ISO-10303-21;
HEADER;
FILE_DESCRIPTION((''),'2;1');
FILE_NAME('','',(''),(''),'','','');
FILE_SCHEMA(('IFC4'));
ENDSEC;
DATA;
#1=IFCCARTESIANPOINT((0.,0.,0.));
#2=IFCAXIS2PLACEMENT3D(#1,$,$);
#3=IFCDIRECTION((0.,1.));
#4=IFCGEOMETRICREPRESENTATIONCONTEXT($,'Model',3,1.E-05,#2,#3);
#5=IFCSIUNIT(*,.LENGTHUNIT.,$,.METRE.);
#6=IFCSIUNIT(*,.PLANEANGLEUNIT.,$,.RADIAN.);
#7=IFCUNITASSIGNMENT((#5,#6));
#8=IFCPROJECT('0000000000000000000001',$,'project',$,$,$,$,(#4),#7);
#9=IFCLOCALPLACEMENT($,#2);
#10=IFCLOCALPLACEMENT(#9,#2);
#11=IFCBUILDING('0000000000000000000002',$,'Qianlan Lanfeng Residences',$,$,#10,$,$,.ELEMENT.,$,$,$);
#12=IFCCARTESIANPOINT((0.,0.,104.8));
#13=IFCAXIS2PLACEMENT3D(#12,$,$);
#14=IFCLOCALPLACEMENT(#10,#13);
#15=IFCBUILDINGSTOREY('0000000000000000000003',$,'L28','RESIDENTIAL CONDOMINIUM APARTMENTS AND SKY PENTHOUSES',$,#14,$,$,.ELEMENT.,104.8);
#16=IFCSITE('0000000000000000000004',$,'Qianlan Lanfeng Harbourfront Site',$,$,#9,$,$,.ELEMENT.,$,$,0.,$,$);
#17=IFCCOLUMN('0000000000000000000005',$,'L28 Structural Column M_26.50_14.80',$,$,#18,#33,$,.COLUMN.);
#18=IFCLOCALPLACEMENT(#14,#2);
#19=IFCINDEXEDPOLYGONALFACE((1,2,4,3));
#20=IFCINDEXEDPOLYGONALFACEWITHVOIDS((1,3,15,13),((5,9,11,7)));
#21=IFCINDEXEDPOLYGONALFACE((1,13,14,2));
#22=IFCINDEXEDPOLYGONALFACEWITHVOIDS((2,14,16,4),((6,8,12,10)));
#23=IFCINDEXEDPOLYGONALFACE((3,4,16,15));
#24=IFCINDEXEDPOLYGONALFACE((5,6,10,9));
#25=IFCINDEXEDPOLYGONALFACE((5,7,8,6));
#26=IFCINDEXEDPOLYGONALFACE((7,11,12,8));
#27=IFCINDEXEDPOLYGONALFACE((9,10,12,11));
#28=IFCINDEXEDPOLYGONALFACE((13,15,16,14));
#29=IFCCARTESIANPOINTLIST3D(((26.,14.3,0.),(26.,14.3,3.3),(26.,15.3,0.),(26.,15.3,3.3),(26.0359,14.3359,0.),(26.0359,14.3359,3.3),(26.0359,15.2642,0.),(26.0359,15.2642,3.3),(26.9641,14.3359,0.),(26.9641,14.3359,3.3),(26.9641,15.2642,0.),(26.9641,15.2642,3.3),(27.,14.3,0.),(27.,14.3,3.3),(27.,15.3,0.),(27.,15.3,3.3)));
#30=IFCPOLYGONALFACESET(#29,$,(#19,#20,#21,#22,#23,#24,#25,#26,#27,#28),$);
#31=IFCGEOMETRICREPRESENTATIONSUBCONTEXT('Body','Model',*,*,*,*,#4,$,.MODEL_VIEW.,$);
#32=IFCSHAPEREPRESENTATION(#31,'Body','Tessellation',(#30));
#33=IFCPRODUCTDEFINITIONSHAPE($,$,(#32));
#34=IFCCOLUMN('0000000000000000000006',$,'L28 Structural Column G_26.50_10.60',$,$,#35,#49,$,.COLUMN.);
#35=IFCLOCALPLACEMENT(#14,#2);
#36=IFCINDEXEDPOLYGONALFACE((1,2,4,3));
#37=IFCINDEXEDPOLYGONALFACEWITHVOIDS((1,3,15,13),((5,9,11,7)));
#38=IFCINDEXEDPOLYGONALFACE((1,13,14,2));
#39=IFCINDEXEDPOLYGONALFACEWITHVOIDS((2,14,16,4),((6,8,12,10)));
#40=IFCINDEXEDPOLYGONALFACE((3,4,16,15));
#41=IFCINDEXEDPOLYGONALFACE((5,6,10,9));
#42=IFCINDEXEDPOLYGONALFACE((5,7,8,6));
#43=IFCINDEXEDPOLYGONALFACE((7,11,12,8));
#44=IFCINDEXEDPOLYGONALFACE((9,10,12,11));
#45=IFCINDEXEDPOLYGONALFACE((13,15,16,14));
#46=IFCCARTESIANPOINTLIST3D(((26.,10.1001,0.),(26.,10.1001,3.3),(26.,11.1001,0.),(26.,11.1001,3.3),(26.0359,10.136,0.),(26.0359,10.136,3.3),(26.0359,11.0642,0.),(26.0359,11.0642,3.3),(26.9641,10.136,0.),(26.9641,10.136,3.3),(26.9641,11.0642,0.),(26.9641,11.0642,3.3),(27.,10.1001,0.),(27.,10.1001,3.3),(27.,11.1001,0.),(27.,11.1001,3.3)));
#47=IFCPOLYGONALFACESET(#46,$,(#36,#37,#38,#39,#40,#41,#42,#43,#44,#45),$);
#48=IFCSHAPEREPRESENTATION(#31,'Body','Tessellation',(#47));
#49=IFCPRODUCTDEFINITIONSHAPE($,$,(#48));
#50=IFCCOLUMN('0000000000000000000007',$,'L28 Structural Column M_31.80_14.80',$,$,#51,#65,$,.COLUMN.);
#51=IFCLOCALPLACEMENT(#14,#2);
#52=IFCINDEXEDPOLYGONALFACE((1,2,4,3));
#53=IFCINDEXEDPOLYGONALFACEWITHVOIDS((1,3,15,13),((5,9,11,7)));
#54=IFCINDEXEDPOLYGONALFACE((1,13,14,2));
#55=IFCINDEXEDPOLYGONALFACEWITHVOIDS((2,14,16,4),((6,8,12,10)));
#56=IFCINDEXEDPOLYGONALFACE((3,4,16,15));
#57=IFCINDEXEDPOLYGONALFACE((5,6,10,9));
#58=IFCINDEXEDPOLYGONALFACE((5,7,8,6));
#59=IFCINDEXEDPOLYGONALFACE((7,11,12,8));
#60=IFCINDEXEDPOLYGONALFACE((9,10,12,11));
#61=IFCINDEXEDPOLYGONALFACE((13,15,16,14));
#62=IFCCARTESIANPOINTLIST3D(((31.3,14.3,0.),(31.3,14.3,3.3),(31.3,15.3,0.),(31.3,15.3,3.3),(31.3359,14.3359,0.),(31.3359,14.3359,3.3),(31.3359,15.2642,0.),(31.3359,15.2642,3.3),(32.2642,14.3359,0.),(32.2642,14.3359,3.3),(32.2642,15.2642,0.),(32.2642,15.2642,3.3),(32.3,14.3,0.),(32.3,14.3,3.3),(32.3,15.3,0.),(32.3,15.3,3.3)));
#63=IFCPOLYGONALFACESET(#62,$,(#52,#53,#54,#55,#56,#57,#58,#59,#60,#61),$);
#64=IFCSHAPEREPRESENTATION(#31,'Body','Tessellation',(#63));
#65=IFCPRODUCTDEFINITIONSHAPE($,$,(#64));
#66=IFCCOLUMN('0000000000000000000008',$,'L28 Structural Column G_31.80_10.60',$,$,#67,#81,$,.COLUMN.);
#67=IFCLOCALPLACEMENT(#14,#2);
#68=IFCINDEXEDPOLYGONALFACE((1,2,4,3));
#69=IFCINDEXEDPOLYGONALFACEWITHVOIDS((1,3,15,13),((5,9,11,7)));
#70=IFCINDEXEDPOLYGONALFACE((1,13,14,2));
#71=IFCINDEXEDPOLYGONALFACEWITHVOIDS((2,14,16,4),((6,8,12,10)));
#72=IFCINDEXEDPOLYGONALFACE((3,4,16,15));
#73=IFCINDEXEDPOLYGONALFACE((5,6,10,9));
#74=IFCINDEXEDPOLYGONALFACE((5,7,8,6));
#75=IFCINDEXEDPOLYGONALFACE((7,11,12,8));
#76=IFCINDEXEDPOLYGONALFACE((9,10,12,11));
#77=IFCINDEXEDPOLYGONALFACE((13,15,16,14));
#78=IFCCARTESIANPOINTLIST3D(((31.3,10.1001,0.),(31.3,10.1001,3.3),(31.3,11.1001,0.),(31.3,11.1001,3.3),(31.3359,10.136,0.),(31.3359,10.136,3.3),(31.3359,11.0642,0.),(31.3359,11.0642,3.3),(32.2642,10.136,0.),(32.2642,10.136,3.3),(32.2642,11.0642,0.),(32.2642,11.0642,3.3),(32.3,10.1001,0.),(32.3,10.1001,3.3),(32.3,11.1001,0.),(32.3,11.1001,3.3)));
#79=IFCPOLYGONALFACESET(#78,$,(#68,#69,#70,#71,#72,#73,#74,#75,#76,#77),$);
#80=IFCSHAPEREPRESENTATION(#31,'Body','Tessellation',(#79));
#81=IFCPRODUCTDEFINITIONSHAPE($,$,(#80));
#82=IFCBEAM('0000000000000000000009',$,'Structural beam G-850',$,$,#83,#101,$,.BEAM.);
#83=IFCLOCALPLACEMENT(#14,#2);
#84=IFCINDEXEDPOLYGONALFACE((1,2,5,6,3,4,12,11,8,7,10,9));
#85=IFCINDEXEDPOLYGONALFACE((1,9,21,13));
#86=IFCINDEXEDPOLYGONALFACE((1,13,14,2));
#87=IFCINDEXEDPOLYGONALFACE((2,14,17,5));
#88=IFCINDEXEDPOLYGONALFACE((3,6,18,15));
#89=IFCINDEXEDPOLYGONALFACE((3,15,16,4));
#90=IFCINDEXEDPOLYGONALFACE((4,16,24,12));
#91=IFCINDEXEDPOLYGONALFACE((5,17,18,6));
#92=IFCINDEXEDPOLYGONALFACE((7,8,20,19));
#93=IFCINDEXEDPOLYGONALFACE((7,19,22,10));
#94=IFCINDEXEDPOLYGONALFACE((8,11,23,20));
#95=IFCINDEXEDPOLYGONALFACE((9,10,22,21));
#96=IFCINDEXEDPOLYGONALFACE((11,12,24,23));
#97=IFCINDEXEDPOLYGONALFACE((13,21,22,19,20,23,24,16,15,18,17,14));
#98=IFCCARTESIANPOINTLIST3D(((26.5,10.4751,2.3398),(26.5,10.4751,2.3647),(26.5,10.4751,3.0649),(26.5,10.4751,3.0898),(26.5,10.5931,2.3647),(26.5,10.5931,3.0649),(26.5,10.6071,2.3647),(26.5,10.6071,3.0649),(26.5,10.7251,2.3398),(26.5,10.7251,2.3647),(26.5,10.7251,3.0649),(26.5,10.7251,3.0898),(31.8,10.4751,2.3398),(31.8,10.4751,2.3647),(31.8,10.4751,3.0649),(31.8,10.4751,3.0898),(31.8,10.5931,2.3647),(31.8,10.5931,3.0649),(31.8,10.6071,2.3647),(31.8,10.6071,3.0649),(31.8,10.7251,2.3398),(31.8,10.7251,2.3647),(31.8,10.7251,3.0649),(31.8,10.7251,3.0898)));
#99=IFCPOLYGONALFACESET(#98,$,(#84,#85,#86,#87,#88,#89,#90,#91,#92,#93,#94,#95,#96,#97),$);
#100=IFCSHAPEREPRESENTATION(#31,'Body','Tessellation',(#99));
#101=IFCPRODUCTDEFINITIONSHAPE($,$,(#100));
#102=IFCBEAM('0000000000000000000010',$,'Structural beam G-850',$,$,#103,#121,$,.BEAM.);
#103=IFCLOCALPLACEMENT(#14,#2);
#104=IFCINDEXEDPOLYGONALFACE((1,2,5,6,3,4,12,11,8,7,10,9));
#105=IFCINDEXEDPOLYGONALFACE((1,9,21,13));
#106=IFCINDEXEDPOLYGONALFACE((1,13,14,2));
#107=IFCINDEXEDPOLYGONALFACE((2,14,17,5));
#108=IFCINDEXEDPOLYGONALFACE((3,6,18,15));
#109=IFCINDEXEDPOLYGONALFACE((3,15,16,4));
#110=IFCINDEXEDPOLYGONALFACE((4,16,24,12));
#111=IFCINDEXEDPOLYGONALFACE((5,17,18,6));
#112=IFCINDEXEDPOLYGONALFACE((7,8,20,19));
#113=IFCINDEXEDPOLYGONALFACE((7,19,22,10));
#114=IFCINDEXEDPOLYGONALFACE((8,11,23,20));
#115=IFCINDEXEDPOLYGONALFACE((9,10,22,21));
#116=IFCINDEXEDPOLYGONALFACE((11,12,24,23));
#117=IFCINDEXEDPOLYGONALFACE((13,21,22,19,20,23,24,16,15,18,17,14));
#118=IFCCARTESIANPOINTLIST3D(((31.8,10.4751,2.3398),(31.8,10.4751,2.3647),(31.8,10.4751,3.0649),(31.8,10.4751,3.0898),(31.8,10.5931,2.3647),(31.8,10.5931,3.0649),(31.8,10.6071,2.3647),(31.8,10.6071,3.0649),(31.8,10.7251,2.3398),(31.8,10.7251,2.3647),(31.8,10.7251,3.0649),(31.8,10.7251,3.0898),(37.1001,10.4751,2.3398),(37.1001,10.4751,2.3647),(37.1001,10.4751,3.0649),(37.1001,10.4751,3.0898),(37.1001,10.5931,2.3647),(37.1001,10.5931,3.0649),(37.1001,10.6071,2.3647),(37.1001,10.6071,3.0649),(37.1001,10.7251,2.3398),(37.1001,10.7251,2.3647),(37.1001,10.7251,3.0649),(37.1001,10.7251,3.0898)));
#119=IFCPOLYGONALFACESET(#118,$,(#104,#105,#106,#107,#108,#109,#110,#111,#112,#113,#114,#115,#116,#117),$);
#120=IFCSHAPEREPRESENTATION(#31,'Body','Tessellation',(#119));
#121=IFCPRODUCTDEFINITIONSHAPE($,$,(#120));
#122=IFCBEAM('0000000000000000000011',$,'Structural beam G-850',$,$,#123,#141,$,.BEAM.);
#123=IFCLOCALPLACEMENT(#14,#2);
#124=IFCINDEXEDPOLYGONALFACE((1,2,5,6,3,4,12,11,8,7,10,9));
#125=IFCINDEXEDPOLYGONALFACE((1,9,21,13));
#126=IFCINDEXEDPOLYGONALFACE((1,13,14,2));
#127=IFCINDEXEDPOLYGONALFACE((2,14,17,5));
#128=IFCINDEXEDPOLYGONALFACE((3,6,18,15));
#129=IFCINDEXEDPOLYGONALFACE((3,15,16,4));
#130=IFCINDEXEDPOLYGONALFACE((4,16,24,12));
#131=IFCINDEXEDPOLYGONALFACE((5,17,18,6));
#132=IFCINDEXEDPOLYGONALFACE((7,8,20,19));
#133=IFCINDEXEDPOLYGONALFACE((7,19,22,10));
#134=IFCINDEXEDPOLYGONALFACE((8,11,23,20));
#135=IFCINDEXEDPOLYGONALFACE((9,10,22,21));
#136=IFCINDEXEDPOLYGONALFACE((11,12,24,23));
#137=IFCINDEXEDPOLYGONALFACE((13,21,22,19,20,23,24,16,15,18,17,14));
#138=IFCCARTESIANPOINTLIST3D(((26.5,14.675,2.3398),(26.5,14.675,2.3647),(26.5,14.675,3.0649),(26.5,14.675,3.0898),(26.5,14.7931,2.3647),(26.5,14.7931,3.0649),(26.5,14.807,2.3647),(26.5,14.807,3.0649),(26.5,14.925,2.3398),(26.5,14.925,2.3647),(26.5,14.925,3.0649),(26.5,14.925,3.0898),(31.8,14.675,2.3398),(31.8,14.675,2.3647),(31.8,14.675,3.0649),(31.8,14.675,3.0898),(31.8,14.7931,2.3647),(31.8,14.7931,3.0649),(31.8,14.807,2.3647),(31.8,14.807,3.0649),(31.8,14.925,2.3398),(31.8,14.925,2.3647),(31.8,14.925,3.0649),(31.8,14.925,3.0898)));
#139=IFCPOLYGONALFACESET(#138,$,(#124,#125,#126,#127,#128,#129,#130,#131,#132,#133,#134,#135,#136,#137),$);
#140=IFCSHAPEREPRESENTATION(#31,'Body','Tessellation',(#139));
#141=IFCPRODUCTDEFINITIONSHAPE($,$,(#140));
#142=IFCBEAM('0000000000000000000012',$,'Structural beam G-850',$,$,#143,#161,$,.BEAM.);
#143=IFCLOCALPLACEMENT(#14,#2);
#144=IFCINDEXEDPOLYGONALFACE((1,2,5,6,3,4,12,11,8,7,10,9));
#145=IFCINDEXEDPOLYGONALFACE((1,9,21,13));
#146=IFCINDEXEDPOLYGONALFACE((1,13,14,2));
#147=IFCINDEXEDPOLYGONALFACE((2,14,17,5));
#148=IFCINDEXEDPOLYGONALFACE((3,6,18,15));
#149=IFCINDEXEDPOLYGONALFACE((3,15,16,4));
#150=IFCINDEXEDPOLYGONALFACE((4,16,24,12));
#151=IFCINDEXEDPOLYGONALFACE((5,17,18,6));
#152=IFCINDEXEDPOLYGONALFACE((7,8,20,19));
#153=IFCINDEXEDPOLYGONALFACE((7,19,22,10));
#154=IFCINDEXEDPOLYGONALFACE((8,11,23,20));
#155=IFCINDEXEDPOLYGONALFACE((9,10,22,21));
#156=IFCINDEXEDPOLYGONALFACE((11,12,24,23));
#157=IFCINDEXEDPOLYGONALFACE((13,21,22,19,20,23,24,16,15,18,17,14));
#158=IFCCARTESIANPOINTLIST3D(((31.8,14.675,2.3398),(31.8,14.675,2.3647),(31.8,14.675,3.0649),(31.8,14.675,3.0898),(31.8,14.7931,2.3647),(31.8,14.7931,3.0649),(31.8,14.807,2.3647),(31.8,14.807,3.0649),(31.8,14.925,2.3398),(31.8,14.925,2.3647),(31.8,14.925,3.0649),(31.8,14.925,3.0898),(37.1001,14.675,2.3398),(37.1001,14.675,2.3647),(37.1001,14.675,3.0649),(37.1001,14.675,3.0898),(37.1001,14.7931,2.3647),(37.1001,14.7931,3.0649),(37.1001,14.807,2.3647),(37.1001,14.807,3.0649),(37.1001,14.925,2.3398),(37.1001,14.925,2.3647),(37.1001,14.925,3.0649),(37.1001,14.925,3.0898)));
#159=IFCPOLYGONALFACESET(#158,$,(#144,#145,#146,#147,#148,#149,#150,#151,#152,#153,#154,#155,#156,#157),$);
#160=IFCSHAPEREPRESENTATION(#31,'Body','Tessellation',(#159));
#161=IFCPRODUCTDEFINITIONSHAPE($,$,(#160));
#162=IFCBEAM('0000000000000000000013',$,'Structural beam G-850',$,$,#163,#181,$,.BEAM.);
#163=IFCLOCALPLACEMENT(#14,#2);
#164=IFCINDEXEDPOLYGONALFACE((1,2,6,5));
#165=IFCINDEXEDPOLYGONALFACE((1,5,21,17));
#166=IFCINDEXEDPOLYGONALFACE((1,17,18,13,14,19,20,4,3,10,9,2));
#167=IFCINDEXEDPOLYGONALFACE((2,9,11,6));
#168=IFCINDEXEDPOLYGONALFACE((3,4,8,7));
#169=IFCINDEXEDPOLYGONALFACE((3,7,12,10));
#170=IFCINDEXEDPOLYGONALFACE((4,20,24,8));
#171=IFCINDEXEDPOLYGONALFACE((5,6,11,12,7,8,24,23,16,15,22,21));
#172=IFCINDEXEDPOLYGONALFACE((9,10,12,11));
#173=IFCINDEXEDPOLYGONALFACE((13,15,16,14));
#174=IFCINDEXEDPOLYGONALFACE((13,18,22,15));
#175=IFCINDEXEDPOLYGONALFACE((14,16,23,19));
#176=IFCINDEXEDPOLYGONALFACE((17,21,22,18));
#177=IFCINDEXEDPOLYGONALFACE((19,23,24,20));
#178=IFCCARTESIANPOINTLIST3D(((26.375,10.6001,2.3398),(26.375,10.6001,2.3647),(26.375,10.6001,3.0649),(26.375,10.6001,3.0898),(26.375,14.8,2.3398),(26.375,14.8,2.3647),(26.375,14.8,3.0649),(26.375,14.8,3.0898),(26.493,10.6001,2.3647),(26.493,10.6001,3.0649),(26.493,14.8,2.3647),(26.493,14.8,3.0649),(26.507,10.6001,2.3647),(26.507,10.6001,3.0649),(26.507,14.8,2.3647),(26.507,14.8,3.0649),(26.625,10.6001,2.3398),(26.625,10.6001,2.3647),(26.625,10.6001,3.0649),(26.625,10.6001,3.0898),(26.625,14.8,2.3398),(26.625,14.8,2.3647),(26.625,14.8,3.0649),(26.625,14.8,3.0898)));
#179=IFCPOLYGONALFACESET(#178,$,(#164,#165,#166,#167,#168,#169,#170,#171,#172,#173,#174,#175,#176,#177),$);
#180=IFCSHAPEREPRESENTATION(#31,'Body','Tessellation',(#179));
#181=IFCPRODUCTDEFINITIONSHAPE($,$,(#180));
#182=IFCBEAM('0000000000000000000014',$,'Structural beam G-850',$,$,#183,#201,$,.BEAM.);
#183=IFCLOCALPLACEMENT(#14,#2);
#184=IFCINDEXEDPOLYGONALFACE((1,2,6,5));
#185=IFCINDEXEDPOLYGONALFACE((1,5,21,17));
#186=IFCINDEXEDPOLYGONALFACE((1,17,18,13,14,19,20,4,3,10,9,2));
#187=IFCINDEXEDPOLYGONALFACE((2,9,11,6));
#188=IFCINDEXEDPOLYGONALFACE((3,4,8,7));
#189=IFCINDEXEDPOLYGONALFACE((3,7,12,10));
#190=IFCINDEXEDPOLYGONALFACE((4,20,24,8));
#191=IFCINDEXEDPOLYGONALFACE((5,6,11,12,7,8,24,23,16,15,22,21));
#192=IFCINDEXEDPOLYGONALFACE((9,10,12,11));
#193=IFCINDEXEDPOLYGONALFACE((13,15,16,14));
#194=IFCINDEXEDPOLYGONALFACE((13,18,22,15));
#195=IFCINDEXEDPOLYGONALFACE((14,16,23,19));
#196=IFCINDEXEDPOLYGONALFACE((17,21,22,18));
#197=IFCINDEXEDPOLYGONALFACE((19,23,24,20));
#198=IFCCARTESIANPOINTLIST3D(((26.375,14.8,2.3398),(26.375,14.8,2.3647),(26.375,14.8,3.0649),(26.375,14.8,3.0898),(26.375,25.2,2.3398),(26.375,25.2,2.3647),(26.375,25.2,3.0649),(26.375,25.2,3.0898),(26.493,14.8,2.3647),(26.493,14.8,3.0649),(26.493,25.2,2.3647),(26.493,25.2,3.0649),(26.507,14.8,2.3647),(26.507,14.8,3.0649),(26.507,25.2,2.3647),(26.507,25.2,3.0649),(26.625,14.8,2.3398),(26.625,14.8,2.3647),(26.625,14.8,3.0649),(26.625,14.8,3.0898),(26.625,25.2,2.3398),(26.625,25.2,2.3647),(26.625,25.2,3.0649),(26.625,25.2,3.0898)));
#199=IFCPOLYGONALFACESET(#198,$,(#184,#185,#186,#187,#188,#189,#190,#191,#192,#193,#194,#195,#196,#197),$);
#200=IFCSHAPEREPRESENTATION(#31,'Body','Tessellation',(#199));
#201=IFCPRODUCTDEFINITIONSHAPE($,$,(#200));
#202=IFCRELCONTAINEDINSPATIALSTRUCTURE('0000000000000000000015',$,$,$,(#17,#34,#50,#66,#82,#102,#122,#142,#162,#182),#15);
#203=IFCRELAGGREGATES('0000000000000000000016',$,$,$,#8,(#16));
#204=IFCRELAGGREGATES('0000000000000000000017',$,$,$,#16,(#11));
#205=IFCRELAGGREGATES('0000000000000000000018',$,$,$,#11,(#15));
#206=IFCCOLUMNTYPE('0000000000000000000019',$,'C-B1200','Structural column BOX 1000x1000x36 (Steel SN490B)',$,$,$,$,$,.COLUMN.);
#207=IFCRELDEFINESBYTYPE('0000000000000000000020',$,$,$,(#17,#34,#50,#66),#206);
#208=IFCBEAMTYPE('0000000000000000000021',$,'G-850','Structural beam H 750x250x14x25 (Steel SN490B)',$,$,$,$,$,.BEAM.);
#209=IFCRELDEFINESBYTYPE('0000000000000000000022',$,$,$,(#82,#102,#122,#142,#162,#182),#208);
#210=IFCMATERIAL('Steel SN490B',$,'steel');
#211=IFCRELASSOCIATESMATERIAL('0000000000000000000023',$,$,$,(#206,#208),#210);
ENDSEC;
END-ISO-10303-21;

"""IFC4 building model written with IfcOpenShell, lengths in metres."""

from ifc_helpers import new_model, si_unit, direction, frame, origin, origin_2d, place, context, subcontext, project, spatial, hollow_rectangle, i_section, extrude, material, material_profile, profile_set, type_object, element, save


model = new_model("IFC4")

# Units and contexts
model_context = context("Model", 3, precision=1e-05, world=origin(), true_north=direction((0.0, 1.0)))
body_context = subcontext(model_context, "Body", "Model", "MODEL_VIEW")
ifc_project = project(units=[si_unit("LENGTHUNIT", "METRE"), si_unit("PLANEANGLEUNIT", "RADIAN")], contexts=[model_context])

# Site, building, storey
site_placement = place(None, origin())
site = spatial("IfcSite", under=ifc_project, at=site_placement, Name="Qianlan Lanfeng Harbourfront Site", CompositionType="ELEMENT", RefElevation=0.0)
building_placement = place(site_placement, origin())
building = spatial("IfcBuilding", under=site, at=building_placement, Name="Qianlan Lanfeng Residences", CompositionType="ELEMENT")
storey_placement = place(building_placement, frame((0.0, 0.0, 104.8)))
storey = spatial("IfcBuildingStorey", under=building, at=storey_placement, Name="L28", Description="RESIDENTIAL CONDOMINIUM APARTMENTS AND SKY PENTHOUSES", CompositionType="ELEMENT", Elevation=104.8)

# Columns
ifc_material_1 = material(Name="Steel SN490B", Category="steel")
ifc_material_profile_1 = material_profile(ifc_material_1, hollow_rectangle(XDim=1.0, YDim=1.0, WallThickness=0.0359, at=origin_2d()), Name="BOX 1000x1000x36")
ifc_profile_set_1 = profile_set([ifc_material_profile_1], Name="Steel SN490B")
column_type = type_object("IfcColumnType", Name="C-B1200", Description="Structural column BOX 1000x1000x36 (Steel SN490B)", PredefinedType="COLUMN", material=ifc_profile_set_1)
for number, where, z_axis, x_axis, name in (
    (1, (26.5, 14.8, 0.0), (0.0, 0.0, 1.0), (1.0, 0.0, 0.0), "L28 Structural Column M_26.50_14.80"),
    (2, (26.5, 10.6001, 0.0), (0.0, 0.0, 1.0), (1.0, 0.0, 0.0), "L28 Structural Column G_26.50_10.60"),
    (3, (31.8, 14.8, 0.0), (0.0, 0.0, 1.0), (1.0, 0.0, 0.0), "L28 Structural Column M_31.80_14.80"),
    (4, (31.8, 10.6001, 0.0), (0.0, 0.0, 1.0), (1.0, 0.0, 0.0), "L28 Structural Column G_31.80_10.60"),
):
    element("IfcColumn", number, at=place(storey_placement, frame(where, z_axis=z_axis, x_axis=x_axis)), inside=storey, type_object=column_type, Name=name, PredefinedType="COLUMN", context=body_context, shape_type="SweptSolid", body=[
        extrude(hollow_rectangle(XDim=1.0, YDim=1.0, WallThickness=0.0359, at=origin_2d()), origin(), (0.0, 0.0, 1.0), 3.3),
    ])

# Beams
ifc_material_profile_2 = material_profile(ifc_material_1, i_section(OverallWidth=0.25, OverallDepth=0.75, WebThickness=0.0139, FlangeThickness=0.0249, at=origin_2d()), Name="H 750x250x14x25")
ifc_profile_set_2 = profile_set([ifc_material_profile_2], Name="Steel SN490B")
beam_type_1 = type_object("IfcBeamType", Name="G-850", Description="Structural beam H 750x250x14x25 (Steel SN490B)", PredefinedType="BEAM", material=ifc_profile_set_2)
for number, where, z_axis, x_axis, name in (
    (5, (26.5, 10.6001, 2.7148), (1.0, 0.0, 0.0), (0.0, 1.0, 0.0), "Structural beam G-850"),
    (6, (31.8, 10.6001, 2.7148), (1.0, 0.0, 0.0), (0.0, 1.0, 0.0), "Structural beam G-850"),
    (7, (26.5, 14.8, 2.7148), (1.0, 0.0, 0.0), (0.0, 1.0, 0.0), "Structural beam G-850"),
    (8, (31.8, 14.8, 2.7148), (1.0, 0.0, 0.0), (0.0, 1.0, 0.0), "Structural beam G-850"),
):
    element("IfcBeam", number, at=place(storey_placement, frame(where, z_axis=z_axis, x_axis=x_axis)), inside=storey, type_object=beam_type_1, Name=name, PredefinedType="BEAM", context=body_context, shape_type="SweptSolid", body=[
        extrude(i_section(OverallWidth=0.25, OverallDepth=0.75, WebThickness=0.0139, FlangeThickness=0.0249, at=origin_2d()), origin(), (0.0, 0.0, 1.0), 5.3),
    ])
beam_1_placement = place(storey_placement, frame((26.5, 10.6001, 2.7148), z_axis=(0.0, 1.0, 0.0), x_axis=(-1.0, 0.0, 0.0)))
element("IfcBeam", 9, at=beam_1_placement, inside=storey, type_object=beam_type_1, Name="Structural beam G-850", PredefinedType="BEAM", context=body_context, shape_type="SweptSolid", body=[
    extrude(i_section(OverallWidth=0.25, OverallDepth=0.75, WebThickness=0.0139, FlangeThickness=0.0249, at=origin_2d()), origin(), (0.0, 0.0, 1.0), 4.2),
])
beam_2_placement = place(storey_placement, frame((26.5, 14.8, 2.7148), z_axis=(0.0, 1.0, 0.0), x_axis=(-1.0, 0.0, 0.0)))
element("IfcBeam", 10, at=beam_2_placement, inside=storey, type_object=beam_type_1, Name="Structural beam G-850", PredefinedType="BEAM", context=body_context, shape_type="SweptSolid", body=[
    extrude(i_section(OverallWidth=0.25, OverallDepth=0.75, WebThickness=0.0139, FlangeThickness=0.0249, at=origin_2d()), origin(), (0.0, 0.0, 1.0), 10.3999),
])

save(model, "model.ifc")
